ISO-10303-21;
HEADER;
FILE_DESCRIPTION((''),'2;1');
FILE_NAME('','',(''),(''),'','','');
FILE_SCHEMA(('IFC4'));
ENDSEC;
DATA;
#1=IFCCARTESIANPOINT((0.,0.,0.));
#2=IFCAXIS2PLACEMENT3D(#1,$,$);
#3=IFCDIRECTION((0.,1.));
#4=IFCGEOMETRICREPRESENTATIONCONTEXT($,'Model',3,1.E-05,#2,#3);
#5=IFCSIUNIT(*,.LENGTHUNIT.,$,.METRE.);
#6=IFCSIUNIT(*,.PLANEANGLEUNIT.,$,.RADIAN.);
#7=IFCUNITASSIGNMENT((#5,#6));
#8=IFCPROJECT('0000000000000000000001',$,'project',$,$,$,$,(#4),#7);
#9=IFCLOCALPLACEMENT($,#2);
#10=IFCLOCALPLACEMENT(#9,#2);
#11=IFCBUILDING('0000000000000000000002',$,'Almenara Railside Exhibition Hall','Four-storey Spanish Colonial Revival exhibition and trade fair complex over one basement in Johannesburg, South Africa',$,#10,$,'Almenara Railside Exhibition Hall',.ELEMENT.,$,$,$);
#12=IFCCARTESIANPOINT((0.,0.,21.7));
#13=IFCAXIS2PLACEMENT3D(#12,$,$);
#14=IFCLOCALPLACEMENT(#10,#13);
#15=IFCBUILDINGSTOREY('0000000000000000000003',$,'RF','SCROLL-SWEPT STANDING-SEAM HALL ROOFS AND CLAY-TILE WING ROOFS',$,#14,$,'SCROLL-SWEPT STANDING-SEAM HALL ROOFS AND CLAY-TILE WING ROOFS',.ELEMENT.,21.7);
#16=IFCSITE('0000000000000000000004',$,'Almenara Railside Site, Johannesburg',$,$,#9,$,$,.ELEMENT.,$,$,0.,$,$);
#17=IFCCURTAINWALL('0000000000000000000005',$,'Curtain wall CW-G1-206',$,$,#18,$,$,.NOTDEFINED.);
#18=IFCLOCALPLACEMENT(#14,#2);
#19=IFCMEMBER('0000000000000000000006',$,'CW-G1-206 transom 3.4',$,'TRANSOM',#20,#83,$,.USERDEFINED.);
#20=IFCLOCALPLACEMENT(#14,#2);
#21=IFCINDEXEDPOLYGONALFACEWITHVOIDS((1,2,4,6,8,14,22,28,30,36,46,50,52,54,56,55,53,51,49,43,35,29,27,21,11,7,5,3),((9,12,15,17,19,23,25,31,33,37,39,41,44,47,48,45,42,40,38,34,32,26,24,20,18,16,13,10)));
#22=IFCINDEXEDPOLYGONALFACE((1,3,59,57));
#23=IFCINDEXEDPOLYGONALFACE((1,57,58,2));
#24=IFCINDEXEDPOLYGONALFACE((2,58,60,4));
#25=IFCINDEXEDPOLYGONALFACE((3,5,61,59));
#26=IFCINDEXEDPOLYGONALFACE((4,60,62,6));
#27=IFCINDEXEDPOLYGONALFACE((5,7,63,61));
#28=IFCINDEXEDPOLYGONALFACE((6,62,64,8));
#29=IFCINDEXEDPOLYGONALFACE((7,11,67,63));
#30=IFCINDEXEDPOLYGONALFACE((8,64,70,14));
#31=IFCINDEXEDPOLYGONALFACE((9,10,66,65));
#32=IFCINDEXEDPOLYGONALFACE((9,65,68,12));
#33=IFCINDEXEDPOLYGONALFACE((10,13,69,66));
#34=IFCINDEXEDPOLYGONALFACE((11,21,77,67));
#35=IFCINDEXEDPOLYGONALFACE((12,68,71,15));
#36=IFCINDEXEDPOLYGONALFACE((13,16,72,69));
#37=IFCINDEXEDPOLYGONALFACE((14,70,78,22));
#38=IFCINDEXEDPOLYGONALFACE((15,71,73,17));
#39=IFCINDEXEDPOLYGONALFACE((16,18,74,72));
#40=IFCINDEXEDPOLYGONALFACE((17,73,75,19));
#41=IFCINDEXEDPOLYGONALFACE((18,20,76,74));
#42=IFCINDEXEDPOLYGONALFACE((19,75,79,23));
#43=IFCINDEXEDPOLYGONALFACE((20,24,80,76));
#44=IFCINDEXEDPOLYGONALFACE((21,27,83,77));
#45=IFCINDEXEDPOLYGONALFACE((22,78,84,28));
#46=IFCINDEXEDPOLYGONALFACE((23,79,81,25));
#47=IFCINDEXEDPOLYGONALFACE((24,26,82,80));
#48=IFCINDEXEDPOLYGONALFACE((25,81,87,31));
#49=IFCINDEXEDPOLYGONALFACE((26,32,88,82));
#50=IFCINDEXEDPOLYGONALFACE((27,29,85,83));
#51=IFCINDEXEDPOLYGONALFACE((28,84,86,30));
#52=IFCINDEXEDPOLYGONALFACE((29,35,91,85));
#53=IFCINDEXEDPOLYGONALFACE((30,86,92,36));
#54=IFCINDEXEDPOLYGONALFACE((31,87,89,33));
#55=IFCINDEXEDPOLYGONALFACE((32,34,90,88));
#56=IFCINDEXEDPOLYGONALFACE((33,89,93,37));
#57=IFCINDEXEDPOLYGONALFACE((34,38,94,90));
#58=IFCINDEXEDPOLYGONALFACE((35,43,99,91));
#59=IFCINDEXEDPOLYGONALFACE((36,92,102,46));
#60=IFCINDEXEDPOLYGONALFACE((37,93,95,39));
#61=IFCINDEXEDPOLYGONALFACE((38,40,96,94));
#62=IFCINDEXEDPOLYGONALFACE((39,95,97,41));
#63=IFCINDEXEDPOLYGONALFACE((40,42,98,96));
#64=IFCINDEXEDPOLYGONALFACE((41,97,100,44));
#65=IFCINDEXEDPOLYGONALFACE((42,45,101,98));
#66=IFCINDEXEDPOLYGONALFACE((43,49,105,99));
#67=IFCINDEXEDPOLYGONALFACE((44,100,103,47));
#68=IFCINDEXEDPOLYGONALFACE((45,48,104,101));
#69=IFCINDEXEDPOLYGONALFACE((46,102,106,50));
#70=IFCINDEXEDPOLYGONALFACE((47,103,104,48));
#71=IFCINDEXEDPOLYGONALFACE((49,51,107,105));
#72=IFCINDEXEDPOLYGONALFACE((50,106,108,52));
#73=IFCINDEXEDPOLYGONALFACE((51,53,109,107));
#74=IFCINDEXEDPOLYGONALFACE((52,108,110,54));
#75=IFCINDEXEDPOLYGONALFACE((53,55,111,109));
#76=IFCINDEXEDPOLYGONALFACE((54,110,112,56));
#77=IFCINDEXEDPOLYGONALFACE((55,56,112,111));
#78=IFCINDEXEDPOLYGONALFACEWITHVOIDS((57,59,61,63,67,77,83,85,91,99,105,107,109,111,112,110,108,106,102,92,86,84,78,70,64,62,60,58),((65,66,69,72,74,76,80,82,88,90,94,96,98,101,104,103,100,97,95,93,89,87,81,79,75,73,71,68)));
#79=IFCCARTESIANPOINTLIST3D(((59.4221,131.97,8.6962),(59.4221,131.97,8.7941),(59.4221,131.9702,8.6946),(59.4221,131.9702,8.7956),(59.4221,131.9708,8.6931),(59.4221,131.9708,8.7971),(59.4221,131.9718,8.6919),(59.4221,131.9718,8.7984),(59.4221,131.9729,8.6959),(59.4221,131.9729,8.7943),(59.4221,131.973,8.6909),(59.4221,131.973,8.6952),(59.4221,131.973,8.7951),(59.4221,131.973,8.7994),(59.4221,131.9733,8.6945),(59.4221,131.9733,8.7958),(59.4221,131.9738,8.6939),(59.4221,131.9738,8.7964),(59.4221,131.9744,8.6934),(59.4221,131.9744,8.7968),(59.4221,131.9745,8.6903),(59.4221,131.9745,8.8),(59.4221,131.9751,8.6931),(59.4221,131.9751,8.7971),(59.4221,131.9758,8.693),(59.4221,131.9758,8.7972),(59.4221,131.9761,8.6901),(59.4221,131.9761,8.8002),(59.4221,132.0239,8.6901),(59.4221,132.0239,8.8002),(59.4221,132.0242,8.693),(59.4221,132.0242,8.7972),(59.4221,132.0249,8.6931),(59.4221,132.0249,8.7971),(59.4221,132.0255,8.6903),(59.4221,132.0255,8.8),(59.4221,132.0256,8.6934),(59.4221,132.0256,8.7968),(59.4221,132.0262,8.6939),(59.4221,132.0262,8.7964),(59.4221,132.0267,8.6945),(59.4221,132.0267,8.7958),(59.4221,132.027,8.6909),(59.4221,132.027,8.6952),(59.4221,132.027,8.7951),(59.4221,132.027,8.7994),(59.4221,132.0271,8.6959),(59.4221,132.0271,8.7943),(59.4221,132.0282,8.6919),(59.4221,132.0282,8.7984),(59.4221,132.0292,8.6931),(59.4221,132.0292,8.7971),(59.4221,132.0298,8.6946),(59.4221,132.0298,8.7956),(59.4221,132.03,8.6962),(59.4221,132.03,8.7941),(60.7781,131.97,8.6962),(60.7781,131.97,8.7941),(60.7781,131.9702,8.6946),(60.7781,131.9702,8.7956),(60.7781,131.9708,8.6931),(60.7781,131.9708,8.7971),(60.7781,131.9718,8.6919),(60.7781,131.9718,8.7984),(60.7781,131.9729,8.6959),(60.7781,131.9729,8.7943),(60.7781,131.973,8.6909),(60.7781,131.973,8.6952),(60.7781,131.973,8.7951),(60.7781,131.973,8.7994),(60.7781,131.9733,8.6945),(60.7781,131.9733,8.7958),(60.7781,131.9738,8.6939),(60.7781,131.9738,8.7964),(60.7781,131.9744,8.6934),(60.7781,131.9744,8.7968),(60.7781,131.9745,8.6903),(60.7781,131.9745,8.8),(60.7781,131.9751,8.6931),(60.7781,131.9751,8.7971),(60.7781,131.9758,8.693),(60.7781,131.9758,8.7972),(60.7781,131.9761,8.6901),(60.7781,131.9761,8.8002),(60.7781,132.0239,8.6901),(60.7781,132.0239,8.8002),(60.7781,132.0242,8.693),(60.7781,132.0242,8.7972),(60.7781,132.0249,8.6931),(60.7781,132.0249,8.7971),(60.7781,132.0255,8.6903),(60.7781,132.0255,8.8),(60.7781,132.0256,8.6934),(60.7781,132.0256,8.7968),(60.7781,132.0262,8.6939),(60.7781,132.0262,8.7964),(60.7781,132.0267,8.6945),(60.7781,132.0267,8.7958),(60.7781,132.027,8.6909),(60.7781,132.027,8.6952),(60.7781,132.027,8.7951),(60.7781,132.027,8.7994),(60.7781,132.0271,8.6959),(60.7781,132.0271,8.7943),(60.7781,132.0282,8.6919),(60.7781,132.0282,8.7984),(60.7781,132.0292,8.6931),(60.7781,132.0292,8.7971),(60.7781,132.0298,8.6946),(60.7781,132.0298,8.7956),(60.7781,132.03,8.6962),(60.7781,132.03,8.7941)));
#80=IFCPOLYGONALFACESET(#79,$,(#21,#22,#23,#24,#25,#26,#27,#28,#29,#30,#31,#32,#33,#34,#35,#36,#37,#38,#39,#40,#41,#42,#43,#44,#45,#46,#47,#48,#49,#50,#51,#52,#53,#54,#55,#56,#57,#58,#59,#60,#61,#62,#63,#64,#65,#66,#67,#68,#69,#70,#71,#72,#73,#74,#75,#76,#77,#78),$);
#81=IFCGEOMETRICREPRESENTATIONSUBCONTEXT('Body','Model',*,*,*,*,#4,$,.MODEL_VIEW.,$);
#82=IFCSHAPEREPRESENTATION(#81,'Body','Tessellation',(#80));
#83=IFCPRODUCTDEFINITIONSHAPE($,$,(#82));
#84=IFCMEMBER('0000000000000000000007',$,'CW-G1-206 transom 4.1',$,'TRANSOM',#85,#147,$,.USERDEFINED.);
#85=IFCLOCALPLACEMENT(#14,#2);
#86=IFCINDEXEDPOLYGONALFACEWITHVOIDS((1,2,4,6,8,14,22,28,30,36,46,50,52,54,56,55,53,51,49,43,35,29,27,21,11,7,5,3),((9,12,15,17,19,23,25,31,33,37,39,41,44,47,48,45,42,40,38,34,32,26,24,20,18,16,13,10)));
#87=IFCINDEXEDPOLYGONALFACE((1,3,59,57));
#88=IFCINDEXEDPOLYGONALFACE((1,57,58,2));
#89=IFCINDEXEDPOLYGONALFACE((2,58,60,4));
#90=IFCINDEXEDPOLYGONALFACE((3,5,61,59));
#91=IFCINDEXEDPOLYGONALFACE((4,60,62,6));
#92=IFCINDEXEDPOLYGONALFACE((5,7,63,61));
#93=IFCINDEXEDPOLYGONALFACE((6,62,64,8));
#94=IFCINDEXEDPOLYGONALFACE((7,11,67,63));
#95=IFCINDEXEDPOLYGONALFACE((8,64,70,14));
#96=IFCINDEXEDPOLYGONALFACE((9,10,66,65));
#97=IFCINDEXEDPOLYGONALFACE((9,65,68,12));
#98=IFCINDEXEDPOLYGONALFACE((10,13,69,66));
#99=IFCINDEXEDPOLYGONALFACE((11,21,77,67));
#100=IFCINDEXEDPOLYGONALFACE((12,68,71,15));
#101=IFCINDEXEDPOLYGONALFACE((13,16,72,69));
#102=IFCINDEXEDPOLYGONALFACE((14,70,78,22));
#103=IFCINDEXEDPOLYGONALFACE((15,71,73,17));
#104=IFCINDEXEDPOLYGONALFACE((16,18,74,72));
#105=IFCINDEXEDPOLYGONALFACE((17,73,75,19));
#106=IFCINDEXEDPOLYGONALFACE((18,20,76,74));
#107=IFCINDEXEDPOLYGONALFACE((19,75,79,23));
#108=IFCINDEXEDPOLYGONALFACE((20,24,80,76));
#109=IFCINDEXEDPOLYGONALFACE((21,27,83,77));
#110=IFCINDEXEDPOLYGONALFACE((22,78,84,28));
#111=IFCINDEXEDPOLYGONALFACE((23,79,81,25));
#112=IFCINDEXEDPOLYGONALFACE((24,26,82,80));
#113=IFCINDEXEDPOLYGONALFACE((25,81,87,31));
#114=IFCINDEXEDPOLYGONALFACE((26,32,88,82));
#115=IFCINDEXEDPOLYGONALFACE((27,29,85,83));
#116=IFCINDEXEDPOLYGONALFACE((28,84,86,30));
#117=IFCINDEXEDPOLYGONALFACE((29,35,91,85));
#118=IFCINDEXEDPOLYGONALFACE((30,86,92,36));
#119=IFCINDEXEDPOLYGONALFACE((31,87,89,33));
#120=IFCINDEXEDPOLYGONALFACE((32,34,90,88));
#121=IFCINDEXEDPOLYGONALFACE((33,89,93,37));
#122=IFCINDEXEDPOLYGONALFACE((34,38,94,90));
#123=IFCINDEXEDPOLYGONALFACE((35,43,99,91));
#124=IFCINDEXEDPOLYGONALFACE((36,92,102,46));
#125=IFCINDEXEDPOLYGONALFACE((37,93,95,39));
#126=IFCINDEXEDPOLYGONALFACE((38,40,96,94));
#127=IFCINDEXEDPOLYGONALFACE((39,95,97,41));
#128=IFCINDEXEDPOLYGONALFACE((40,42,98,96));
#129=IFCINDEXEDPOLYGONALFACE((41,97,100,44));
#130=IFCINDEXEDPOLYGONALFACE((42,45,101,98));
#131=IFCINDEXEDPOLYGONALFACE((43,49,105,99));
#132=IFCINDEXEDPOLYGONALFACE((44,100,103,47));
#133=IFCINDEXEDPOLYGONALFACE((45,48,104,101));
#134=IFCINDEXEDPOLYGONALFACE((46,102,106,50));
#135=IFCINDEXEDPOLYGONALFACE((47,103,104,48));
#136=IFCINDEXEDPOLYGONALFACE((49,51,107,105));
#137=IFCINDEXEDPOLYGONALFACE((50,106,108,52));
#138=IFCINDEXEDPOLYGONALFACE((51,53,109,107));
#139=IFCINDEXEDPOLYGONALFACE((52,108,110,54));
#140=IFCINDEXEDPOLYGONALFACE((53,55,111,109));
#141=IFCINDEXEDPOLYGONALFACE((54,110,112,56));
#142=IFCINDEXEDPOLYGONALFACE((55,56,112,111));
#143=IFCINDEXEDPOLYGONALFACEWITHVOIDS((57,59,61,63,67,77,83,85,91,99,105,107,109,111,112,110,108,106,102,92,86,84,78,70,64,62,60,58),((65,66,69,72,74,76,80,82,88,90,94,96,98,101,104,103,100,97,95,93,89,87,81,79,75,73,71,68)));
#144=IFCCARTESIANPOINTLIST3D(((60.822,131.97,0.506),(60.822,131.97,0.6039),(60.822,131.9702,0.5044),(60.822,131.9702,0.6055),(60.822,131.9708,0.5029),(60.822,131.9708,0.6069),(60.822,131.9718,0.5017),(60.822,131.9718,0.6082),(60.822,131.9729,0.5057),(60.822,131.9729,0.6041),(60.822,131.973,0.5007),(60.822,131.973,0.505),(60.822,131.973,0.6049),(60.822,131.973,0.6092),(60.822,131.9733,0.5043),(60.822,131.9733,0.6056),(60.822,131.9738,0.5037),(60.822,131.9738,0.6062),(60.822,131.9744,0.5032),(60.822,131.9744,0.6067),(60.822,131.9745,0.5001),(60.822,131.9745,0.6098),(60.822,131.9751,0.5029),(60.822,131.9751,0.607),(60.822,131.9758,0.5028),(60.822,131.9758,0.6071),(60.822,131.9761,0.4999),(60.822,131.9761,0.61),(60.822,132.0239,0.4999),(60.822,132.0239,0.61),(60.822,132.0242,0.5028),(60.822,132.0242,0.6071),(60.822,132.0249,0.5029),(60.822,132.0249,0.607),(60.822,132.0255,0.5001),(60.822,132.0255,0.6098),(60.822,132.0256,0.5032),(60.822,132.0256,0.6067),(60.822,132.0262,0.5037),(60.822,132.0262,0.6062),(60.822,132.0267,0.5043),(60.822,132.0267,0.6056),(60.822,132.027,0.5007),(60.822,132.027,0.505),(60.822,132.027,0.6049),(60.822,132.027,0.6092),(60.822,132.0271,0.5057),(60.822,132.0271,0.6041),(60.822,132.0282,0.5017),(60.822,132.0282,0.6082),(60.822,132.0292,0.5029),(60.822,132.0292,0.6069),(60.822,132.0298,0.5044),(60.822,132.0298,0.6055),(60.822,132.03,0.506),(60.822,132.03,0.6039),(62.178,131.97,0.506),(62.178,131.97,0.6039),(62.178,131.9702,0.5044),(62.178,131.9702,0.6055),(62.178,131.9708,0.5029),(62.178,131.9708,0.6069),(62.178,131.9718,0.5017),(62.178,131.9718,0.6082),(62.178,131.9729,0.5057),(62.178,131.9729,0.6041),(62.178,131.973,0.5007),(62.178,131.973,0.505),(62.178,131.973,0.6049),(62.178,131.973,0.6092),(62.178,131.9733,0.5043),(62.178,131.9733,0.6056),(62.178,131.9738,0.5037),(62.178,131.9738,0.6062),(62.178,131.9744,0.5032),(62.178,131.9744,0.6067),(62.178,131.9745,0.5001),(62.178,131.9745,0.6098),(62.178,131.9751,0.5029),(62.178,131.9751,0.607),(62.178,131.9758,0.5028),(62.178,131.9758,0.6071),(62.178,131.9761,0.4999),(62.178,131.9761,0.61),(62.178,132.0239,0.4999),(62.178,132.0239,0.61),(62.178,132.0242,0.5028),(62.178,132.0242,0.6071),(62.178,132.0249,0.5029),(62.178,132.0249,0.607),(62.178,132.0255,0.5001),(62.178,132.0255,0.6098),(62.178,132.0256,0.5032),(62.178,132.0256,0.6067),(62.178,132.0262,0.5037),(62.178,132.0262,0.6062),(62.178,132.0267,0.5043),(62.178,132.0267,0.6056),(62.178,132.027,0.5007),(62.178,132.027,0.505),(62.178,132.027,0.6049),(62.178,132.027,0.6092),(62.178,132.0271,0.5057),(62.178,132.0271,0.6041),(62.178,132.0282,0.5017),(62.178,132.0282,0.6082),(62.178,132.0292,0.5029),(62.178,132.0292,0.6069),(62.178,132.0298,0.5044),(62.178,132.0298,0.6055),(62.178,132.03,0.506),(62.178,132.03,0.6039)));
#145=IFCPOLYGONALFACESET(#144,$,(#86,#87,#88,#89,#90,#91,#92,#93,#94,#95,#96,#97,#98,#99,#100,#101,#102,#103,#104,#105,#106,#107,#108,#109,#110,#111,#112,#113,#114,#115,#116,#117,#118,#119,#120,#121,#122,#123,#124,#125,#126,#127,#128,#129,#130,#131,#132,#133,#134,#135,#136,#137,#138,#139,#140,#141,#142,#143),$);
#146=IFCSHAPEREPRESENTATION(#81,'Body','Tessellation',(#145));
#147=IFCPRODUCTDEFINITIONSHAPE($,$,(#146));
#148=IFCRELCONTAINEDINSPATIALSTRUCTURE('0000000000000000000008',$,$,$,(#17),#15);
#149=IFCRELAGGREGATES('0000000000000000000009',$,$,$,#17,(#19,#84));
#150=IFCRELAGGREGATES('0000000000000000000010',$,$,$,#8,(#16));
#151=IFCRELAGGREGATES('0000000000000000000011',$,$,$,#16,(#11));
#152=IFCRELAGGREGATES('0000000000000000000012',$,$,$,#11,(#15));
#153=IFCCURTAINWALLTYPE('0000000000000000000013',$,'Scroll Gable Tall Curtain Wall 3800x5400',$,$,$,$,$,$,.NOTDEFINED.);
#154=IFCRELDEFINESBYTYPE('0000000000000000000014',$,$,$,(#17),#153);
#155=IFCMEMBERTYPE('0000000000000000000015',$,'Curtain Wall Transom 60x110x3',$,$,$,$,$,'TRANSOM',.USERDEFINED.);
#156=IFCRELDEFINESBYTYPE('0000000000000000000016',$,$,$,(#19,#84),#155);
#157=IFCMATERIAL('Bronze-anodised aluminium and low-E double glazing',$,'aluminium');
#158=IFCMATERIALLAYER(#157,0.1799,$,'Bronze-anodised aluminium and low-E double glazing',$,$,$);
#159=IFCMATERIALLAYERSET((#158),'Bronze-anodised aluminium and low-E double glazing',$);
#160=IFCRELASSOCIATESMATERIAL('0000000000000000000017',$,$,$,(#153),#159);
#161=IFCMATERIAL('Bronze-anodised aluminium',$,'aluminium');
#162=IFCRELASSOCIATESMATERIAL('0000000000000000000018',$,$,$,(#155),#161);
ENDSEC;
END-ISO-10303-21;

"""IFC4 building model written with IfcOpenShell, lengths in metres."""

from ifc_helpers import new_model, si_unit, direction, frame, origin, origin_2d, place, context, subcontext, project, spatial, hollow_rectangle, extrude, material, layer, layer_set, material_profile, profile_set, type_object, element, aggregate, save


model = new_model("IFC4")

# Units and contexts
model_context = context("Model", 3, precision=1e-05, world=origin(), true_north=direction((0.0, 1.0)))
body_context = subcontext(model_context, "Body", "Model", "MODEL_VIEW")
ifc_project = project(units=[si_unit("LENGTHUNIT", "METRE"), si_unit("PLANEANGLEUNIT", "RADIAN")], contexts=[model_context])

# Site, building, storey
site_placement = place(None, origin())
site = spatial("IfcSite", under=ifc_project, at=site_placement, Name="Almenara Railside Site, Johannesburg", CompositionType="ELEMENT", RefElevation=0.0)
building_placement = place(site_placement, origin())
building = spatial("IfcBuilding", under=site, at=building_placement, Name="Almenara Railside Exhibition Hall", Description="Four-storey Spanish Colonial Revival exhibition and trade fair complex over one basement in Johannesburg, South Africa", LongName="Almenara Railside Exhibition Hall", CompositionType="ELEMENT")
storey_placement = place(building_placement, frame((0.0, 0.0, 21.7)))
storey = spatial("IfcBuildingStorey", under=building, at=storey_placement, Name="RF", Description="SCROLL-SWEPT STANDING-SEAM HALL ROOFS AND CLAY-TILE WING ROOFS", LongName="SCROLL-SWEPT STANDING-SEAM HALL ROOFS AND CLAY-TILE WING ROOFS", CompositionType="ELEMENT", Elevation=21.7)

# Curtain wall, members
ifc_material_1 = material(Name="Bronze-anodised aluminium and low-E double glazing", Category="aluminium")
ifc_layer_1 = layer(ifc_material_1, 0.1799, Name="Bronze-anodised aluminium and low-E double glazing")
ifc_layer_set_1 = layer_set([ifc_layer_1], Name="Bronze-anodised aluminium and low-E double glazing")
curtain_wall_type = type_object("IfcCurtainWallType", Name="Scroll Gable Tall Curtain Wall 3800x5400", PredefinedType="NOTDEFINED", material=ifc_layer_set_1)
curtain_wall_placement = place(storey_placement, origin())
curtain_wall = element("IfcCurtainWall", 1, at=curtain_wall_placement, inside=storey, type_object=curtain_wall_type, Name="Curtain wall CW-G1-206", PredefinedType="NOTDEFINED")
ifc_material_2 = material(Name="Bronze-anodised aluminium", Category="aluminium")
ifc_material_profile_1 = material_profile(ifc_material_2, hollow_rectangle(XDim=0.0601, YDim=0.1101, WallThickness=0.0029, InnerFilletRadius=0.0029, OuterFilletRadius=0.0061, at=origin_2d()), Name="ALU-TRN 60x110x3")
ifc_profile_set_1 = profile_set([ifc_material_profile_1], Name="Bronze-anodised aluminium")
member_type_1 = type_object("IfcMemberType", Name="Curtain Wall Transom 60x110x3", ElementType="TRANSOM", PredefinedType="USERDEFINED", material=ifc_profile_set_1)
member_1_placement = place(storey_placement, frame((59.4221, 132.0, 8.7451), z_axis=(1.0, 0.0, 0.0), x_axis=(0.0, 1.0, 0.0)))
member_1 = element("IfcMember", 2, at=member_1_placement, type_object=member_type_1, Name="CW-G1-206 transom 3.4", ObjectType="TRANSOM", PredefinedType="USERDEFINED", context=body_context, shape_type="SweptSolid", body=[
    extrude(hollow_rectangle(XDim=0.0601, YDim=0.1101, WallThickness=0.0029, InnerFilletRadius=0.0029, OuterFilletRadius=0.0061, at=origin_2d()), origin(), (0.0, 0.0, 1.0), 1.356),
])
member_2_placement = place(storey_placement, frame((60.822, 132.0, 0.5549), z_axis=(1.0, 0.0, 0.0), x_axis=(0.0, 1.0, 0.0)))
member_2 = element("IfcMember", 3, at=member_2_placement, type_object=member_type_1, Name="CW-G1-206 transom 4.1", ObjectType="TRANSOM", PredefinedType="USERDEFINED", context=body_context, shape_type="SweptSolid", body=[
    extrude(hollow_rectangle(XDim=0.0601, YDim=0.1101, WallThickness=0.0029, InnerFilletRadius=0.0029, OuterFilletRadius=0.0061, at=origin_2d()), origin(), (0.0, 0.0, 1.0), 1.356),
])

aggregate(curtain_wall, [member_1, member_2])

save(model, "model.ifc")
